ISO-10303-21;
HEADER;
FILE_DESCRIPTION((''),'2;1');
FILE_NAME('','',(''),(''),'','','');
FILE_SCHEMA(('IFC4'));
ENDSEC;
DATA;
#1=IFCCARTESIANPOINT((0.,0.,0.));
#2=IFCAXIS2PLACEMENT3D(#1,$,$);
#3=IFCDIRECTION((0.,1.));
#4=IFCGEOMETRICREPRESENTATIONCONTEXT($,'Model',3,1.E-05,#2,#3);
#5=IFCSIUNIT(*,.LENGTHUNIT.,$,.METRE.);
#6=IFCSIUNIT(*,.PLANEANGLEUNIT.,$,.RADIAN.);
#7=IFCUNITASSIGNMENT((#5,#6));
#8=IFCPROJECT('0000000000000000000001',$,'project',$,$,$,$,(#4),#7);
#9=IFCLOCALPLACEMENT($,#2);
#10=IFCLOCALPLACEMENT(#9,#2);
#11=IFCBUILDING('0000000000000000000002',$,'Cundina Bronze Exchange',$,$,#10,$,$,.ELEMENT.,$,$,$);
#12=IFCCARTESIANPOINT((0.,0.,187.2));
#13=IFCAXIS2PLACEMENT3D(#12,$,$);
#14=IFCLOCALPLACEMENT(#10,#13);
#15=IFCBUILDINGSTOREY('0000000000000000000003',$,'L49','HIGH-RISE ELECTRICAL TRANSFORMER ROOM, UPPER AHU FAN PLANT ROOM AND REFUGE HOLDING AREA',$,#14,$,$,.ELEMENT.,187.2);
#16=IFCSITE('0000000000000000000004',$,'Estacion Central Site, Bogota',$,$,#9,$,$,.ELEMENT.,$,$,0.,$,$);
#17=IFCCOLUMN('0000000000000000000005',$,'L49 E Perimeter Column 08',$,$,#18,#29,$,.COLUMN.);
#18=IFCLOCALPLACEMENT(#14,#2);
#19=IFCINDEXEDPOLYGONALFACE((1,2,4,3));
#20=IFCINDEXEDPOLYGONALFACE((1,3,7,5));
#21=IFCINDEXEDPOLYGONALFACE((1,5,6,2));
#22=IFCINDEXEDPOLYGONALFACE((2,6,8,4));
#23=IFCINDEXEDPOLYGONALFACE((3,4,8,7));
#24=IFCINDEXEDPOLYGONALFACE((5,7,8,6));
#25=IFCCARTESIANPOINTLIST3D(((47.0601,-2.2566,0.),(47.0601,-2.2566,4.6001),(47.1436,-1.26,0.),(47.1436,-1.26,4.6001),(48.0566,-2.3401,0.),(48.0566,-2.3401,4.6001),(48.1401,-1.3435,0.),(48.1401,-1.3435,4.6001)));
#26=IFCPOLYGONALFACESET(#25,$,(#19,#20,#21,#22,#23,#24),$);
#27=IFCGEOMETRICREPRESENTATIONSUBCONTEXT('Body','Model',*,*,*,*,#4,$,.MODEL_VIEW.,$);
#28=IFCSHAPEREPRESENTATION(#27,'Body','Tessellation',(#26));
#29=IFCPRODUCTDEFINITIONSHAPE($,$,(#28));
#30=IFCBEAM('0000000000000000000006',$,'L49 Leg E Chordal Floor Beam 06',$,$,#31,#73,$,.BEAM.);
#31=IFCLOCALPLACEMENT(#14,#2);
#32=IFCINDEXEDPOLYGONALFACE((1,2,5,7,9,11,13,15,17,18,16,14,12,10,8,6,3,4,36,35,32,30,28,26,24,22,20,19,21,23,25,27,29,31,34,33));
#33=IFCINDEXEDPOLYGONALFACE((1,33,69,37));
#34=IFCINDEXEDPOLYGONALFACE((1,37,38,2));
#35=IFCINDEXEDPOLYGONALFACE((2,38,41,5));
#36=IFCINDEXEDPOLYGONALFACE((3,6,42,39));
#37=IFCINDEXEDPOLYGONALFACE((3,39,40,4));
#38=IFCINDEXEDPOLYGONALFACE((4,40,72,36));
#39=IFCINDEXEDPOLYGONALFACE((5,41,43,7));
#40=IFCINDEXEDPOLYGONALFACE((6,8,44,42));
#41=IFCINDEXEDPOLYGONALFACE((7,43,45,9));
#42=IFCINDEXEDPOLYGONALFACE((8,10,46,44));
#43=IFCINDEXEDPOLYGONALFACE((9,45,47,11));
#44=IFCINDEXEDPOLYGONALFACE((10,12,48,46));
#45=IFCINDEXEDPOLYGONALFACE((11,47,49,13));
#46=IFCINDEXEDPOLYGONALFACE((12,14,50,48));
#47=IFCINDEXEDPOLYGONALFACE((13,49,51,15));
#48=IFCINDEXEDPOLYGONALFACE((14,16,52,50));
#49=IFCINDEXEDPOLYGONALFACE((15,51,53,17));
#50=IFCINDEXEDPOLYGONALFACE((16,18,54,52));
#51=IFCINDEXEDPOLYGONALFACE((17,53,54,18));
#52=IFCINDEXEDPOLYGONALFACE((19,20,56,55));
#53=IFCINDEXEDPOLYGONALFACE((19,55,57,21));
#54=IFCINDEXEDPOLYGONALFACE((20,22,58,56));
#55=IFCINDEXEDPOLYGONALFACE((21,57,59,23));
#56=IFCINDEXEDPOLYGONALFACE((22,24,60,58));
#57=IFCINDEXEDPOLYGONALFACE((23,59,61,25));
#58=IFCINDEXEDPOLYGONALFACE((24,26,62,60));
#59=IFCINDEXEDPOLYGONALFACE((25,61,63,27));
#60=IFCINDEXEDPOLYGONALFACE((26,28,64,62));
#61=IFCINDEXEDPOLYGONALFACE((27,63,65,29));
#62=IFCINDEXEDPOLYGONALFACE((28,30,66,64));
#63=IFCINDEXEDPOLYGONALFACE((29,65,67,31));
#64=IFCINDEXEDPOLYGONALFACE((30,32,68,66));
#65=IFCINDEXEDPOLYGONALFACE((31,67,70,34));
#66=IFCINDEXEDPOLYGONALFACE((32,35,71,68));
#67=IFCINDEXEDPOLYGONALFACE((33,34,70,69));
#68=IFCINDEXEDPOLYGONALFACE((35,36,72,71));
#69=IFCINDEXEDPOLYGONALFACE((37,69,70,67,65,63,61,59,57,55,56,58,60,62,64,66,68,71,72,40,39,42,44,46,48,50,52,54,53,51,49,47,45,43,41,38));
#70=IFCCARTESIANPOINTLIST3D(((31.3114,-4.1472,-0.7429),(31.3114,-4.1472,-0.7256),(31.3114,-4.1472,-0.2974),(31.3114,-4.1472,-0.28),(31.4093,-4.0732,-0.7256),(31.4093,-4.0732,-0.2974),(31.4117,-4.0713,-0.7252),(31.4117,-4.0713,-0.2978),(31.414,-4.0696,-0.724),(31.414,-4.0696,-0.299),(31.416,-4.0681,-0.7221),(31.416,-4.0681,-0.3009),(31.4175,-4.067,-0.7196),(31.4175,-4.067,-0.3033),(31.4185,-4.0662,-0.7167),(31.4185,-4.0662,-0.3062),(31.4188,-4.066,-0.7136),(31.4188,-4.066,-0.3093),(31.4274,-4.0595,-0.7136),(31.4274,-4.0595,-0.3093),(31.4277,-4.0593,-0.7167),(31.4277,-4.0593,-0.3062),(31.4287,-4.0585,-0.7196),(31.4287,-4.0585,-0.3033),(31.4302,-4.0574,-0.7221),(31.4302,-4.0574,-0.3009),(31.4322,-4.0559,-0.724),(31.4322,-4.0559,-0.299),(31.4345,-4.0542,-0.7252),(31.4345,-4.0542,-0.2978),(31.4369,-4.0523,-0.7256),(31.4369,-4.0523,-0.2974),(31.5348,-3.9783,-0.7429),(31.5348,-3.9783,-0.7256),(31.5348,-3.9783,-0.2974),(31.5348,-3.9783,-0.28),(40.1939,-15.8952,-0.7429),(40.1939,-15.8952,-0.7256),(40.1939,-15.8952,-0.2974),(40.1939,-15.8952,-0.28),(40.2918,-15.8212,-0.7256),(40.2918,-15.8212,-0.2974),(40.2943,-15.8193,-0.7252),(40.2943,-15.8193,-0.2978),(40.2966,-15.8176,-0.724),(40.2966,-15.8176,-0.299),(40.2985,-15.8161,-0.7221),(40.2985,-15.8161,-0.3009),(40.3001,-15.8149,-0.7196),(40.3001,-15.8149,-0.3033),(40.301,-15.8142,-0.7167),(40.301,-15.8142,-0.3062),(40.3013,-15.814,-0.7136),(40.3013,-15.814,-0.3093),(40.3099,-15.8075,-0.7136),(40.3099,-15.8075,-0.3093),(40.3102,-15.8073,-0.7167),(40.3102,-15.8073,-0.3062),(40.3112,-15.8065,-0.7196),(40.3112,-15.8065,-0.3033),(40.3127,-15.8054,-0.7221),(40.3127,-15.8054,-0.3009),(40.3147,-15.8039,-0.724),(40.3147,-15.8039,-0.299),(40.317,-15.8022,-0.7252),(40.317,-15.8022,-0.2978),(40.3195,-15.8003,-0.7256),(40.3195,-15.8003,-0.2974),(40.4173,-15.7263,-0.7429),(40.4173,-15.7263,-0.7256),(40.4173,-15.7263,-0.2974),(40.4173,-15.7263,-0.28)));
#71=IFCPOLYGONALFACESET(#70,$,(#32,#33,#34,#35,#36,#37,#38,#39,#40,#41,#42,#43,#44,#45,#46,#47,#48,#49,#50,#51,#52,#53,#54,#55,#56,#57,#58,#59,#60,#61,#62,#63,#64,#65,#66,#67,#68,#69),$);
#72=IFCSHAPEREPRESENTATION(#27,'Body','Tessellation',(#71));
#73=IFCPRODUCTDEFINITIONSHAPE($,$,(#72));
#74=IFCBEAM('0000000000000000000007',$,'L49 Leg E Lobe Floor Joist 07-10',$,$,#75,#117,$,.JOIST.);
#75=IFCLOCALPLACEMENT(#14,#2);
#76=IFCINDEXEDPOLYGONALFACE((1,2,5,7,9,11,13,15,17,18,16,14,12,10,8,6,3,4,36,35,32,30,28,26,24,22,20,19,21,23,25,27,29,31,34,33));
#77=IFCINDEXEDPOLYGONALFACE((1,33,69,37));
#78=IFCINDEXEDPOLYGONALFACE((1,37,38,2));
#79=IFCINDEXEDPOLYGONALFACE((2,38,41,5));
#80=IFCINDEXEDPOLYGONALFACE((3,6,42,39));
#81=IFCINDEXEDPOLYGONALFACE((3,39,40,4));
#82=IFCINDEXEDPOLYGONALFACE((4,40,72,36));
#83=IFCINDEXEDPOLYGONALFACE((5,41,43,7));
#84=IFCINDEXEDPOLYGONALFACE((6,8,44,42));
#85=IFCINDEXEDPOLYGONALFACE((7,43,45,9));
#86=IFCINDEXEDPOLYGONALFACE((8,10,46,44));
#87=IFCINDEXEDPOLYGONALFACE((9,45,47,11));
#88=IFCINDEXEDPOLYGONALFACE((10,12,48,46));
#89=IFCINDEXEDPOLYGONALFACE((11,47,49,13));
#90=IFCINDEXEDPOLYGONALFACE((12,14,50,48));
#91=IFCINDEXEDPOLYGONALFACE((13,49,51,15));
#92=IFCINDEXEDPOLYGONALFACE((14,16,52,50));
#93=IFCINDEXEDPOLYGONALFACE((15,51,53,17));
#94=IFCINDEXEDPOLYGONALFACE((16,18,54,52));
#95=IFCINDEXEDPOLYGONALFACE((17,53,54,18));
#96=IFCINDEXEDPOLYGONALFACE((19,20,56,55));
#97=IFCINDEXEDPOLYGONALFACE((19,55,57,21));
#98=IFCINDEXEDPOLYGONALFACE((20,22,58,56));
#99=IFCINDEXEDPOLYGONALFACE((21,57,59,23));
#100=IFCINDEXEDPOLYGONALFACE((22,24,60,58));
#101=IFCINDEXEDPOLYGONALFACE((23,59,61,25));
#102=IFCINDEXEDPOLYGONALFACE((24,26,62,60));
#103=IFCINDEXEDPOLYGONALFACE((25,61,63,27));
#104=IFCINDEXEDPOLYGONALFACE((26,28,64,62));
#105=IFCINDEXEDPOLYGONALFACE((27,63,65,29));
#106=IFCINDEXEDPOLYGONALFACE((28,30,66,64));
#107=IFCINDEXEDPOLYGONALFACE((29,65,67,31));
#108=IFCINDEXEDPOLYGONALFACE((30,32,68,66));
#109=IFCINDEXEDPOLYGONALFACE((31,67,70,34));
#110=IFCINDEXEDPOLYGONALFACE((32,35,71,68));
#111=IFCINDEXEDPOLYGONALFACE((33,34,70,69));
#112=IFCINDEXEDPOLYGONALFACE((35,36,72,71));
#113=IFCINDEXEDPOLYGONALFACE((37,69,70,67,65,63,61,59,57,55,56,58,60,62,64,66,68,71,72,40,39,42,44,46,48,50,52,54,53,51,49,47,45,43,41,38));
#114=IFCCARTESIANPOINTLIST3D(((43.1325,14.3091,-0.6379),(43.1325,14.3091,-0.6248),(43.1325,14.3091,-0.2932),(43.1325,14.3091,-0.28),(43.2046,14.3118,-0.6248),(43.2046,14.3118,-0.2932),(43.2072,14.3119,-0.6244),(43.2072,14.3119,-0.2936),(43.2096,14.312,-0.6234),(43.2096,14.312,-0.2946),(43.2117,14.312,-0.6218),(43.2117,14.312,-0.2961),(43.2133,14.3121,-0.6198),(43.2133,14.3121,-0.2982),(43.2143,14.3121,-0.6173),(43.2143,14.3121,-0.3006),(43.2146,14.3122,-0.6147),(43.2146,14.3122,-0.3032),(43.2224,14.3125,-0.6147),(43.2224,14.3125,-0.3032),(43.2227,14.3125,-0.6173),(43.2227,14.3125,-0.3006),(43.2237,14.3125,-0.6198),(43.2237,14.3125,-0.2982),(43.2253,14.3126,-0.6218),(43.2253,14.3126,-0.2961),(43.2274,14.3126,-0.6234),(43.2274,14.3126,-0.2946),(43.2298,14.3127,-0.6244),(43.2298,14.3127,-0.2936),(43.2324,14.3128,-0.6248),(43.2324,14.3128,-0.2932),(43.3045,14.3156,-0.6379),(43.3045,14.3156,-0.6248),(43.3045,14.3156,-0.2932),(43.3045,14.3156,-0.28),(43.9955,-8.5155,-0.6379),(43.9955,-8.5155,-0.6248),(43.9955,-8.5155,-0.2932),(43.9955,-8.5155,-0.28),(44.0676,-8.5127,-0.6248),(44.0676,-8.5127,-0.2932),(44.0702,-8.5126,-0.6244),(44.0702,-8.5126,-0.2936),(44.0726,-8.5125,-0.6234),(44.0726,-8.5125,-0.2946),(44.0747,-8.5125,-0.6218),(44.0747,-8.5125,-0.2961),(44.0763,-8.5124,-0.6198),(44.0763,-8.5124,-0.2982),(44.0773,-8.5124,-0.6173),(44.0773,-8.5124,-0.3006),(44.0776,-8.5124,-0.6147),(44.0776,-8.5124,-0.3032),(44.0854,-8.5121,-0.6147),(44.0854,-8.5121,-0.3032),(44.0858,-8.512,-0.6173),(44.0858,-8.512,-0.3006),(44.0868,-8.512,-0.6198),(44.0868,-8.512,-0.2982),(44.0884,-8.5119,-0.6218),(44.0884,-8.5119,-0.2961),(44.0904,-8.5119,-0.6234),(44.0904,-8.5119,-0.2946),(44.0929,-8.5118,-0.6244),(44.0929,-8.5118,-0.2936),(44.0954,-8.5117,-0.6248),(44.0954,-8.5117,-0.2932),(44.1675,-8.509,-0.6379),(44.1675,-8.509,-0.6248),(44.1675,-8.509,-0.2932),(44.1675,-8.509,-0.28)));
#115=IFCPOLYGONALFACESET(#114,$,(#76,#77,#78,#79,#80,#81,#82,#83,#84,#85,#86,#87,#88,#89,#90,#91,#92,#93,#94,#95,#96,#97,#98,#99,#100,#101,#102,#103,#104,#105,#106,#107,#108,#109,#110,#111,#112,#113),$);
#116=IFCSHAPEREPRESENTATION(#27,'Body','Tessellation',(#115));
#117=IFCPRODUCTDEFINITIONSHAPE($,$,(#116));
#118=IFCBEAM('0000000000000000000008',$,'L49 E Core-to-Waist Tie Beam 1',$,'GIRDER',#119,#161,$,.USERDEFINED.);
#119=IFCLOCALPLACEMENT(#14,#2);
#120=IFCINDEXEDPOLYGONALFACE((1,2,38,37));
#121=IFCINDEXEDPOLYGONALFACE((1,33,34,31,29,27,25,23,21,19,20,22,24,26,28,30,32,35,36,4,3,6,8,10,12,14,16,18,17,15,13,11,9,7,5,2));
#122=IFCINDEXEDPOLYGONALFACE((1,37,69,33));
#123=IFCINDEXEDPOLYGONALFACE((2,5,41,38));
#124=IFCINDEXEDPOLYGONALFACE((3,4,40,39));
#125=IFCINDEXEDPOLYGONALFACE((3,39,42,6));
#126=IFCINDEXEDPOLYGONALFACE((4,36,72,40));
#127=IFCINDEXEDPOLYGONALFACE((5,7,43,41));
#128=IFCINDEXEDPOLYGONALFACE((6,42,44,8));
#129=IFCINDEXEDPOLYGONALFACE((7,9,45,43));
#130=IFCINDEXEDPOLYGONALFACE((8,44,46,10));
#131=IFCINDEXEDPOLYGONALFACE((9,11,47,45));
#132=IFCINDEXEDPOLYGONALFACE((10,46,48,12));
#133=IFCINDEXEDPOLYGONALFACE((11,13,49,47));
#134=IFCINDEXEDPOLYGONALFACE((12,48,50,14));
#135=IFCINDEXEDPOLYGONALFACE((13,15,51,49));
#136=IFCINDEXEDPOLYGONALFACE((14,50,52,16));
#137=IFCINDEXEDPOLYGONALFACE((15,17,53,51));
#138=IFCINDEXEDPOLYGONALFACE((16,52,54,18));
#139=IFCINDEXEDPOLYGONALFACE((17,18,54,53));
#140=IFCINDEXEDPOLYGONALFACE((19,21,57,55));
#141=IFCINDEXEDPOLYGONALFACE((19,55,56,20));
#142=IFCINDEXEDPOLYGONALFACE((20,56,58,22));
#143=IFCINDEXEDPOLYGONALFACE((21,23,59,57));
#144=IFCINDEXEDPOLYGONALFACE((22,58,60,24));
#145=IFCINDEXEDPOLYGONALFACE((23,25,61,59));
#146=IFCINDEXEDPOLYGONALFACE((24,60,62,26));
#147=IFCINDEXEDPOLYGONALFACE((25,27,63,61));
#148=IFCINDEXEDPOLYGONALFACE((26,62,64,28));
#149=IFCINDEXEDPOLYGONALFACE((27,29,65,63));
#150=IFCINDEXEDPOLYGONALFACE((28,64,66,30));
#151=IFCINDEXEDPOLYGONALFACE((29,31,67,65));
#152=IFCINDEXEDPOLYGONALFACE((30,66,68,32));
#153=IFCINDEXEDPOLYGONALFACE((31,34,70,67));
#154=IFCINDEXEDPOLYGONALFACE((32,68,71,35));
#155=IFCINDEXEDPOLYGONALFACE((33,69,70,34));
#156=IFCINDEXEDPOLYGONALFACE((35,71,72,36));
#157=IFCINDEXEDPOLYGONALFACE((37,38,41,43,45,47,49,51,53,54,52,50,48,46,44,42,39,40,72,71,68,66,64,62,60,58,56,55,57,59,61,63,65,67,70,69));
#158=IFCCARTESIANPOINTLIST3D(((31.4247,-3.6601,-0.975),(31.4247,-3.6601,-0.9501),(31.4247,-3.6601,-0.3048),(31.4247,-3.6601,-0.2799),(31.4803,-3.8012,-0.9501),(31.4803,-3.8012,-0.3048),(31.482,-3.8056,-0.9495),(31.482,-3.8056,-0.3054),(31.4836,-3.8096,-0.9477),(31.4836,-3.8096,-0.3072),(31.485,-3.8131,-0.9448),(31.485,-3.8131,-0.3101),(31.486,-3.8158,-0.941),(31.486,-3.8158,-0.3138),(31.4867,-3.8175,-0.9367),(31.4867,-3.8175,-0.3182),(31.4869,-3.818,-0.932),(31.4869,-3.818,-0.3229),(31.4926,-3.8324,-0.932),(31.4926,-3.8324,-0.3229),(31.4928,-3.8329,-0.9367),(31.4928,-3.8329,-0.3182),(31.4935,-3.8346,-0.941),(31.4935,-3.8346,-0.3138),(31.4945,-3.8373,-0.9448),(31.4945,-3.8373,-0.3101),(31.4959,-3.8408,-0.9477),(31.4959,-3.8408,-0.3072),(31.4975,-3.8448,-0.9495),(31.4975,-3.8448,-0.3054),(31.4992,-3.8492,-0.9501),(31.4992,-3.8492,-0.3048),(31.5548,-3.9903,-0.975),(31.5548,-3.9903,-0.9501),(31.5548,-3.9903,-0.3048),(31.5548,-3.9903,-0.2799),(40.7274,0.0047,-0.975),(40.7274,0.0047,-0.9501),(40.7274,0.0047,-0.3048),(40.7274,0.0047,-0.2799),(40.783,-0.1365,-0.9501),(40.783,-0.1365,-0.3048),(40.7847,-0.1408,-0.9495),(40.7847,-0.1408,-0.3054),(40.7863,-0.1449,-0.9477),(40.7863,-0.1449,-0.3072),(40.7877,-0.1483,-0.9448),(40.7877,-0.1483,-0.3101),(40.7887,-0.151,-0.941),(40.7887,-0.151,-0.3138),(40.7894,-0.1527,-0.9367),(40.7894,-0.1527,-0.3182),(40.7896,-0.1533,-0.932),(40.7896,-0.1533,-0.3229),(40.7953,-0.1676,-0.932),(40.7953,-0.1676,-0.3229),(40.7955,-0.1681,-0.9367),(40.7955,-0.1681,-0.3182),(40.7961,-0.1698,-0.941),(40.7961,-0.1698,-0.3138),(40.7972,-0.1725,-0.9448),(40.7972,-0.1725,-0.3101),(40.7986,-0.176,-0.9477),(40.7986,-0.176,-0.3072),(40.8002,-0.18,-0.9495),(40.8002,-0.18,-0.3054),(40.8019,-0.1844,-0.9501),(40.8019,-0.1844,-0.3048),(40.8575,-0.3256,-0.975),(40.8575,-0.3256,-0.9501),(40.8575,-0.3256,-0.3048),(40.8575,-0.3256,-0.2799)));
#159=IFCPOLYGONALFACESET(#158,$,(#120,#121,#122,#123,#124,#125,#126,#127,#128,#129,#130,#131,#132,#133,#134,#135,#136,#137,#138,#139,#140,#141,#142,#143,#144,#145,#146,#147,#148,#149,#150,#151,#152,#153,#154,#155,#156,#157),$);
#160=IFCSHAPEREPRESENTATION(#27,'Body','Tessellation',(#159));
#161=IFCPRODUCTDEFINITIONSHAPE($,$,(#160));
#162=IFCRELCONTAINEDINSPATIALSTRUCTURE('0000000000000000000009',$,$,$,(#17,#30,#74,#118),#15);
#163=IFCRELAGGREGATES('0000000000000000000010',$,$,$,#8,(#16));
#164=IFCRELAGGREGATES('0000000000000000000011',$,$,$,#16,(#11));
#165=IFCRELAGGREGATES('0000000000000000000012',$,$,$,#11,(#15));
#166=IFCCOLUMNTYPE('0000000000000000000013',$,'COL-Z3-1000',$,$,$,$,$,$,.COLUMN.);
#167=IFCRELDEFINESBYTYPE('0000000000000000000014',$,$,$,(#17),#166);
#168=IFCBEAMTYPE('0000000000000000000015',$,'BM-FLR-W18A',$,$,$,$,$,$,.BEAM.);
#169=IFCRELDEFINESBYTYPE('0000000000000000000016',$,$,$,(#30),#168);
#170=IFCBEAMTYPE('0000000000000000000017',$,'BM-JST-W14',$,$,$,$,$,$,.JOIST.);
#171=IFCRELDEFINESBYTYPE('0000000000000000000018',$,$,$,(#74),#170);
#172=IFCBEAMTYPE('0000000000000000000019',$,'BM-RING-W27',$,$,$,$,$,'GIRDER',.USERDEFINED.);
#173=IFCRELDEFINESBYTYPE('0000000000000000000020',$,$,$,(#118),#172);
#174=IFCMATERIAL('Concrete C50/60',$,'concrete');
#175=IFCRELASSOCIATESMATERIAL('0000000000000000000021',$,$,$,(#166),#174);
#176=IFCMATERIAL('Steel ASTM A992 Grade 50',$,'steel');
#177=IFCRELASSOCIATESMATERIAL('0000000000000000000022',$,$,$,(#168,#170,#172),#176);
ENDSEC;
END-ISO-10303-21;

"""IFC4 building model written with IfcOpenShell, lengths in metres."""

from ifc_helpers import new_model, si_unit, direction, frame, origin, origin_2d, place, context, subcontext, project, spatial, rectangle, i_section, extrude, material, material_profile, profile_set, type_object, element, save


model = new_model("IFC4")

# Units and contexts
model_context = context("Model", 3, precision=1e-05, world=origin(), true_north=direction((0.0, 1.0)))
body_context = subcontext(model_context, "Body", "Model", "MODEL_VIEW")
ifc_project = project(units=[si_unit("LENGTHUNIT", "METRE"), si_unit("PLANEANGLEUNIT", "RADIAN")], contexts=[model_context])

# Site, building, storey
site_placement = place(None, origin())
site = spatial("IfcSite", under=ifc_project, at=site_placement, Name="Estacion Central Site, Bogota", CompositionType="ELEMENT", RefElevation=0.0)
building_placement = place(site_placement, origin())
building = spatial("IfcBuilding", under=site, at=building_placement, Name="Cundina Bronze Exchange", CompositionType="ELEMENT")
storey_placement = place(building_placement, frame((0.0, 0.0, 187.2)))
storey = spatial("IfcBuildingStorey", under=building, at=storey_placement, Name="L49", Description="HIGH-RISE ELECTRICAL TRANSFORMER ROOM, UPPER AHU FAN PLANT ROOM AND REFUGE HOLDING AREA", CompositionType="ELEMENT", Elevation=187.2)

# Column
ifc_material_1 = material(Name="Concrete C50/60", Category="concrete")
ifc_material_profile_1 = material_profile(ifc_material_1, rectangle(XDim=1.0, YDim=1.0, at=origin_2d()), Name="RC1000X1000", Category="concrete")
ifc_profile_set_1 = profile_set([ifc_material_profile_1], Name="Concrete C50/60")
column_type = type_object("IfcColumnType", Name="COL-Z3-1000", PredefinedType="COLUMN", material=ifc_profile_set_1)
column_placement = place(storey_placement, frame((47.6001, -1.8, 0.0), z_axis=(0.0, 0.0, 1.0), x_axis=(0.083504, 0.996507, 0.0)))
element("IfcColumn", 1, at=column_placement, inside=storey, type_object=column_type, Name="L49 E Perimeter Column 08", PredefinedType="COLUMN", context=body_context, shape_type="SweptSolid", body=[
    extrude(rectangle(XDim=1.0, YDim=1.0, at=origin_2d()), origin(), (0.0, 0.0, 1.0), 4.6001),
])

# Beams
ifc_material_2 = material(Name="Steel ASTM A992 Grade 50", Category="steel")
ifc_material_profile_2 = material_profile(ifc_material_2, i_section(OverallWidth=0.28, OverallDepth=0.4629, WebThickness=0.0107, FlangeThickness=0.0173, FilletRadius=0.012, at=origin_2d()), Name="W18X76", Category="steel")
ifc_profile_set_2 = profile_set([ifc_material_profile_2], Name="Steel ASTM A992 Grade 50")
beam_type_1 = type_object("IfcBeamType", Name="BM-FLR-W18A", PredefinedType="BEAM", material=ifc_profile_set_2)
beam_1_placement = place(storey_placement, frame((31.4231, -4.0627, -0.5115), z_axis=(0.603104, -0.797663, 0.0), x_axis=(0.797663, 0.603104, 0.0)))
element("IfcBeam", 2, at=beam_1_placement, inside=storey, type_object=beam_type_1, Name="L49 Leg E Chordal Floor Beam 06", PredefinedType="BEAM", context=body_context, shape_type="SweptSolid", body=[
    extrude(i_section(OverallWidth=0.28, OverallDepth=0.4629, WebThickness=0.0107, FlangeThickness=0.0173, FilletRadius=0.012, at=origin_2d()), origin(), (0.0, 0.0, 1.0), 14.728),
])
ifc_material_profile_3 = material_profile(ifc_material_2, i_section(OverallWidth=0.1721, OverallDepth=0.3579, WebThickness=0.0078, FlangeThickness=0.0132, FilletRadius=0.01, at=origin_2d()), Name="W14X38", Category="steel")
ifc_profile_set_3 = profile_set([ifc_material_profile_3], Name="Steel ASTM A992 Grade 50")
beam_type_2 = type_object("IfcBeamType", Name="BM-JST-W14", PredefinedType="JOIST", material=ifc_profile_set_3)
beam_2_placement = place(storey_placement, frame((44.0815, -8.5122, -0.459), z_axis=(-0.037785, 0.999286, 0.0), x_axis=(-0.999286, -0.037785, 0.0)))
element("IfcBeam", 3, at=beam_2_placement, inside=storey, type_object=beam_type_2, Name="L49 Leg E Lobe Floor Joist 07-10", PredefinedType="JOIST", context=body_context, shape_type="SweptSolid", body=[
    extrude(i_section(OverallWidth=0.1721, OverallDepth=0.3579, WebThickness=0.0078, FlangeThickness=0.0132, FilletRadius=0.01, at=origin_2d()), origin(), (0.0, 0.0, 1.0), 22.8408),
])
ifc_material_profile_4 = material_profile(ifc_material_2, i_section(OverallWidth=0.355, OverallDepth=0.6951, WebThickness=0.0154, FlangeThickness=0.0249, FilletRadius=0.0181, at=origin_2d()), Name="W27X146", Category="steel")
ifc_profile_set_4 = profile_set([ifc_material_profile_4], Name="Steel ASTM A992 Grade 50")
beam_type_3 = type_object("IfcBeamType", Name="BM-RING-W27", ElementType="GIRDER", PredefinedType="USERDEFINED", material=ifc_profile_set_4)
beam_3_placement = place(storey_placement, frame((31.4897, -3.8252, -0.6274), z_axis=(0.930406, 0.366532, 0.0), x_axis=(-0.366532, 0.930406, 0.0)))
element("IfcBeam", 4, at=beam_3_placement, inside=storey, type_object=beam_type_3, Name="L49 E Core-to-Waist Tie Beam 1", ObjectType="GIRDER", PredefinedType="USERDEFINED", context=body_context, shape_type="SweptSolid", body=[
    extrude(i_section(OverallWidth=0.355, OverallDepth=0.6951, WebThickness=0.0154, FlangeThickness=0.0249, FilletRadius=0.0181, at=origin_2d()), origin(), (0.0, 0.0, 1.0), 9.9985),
])

save(model, "model.ifc")
